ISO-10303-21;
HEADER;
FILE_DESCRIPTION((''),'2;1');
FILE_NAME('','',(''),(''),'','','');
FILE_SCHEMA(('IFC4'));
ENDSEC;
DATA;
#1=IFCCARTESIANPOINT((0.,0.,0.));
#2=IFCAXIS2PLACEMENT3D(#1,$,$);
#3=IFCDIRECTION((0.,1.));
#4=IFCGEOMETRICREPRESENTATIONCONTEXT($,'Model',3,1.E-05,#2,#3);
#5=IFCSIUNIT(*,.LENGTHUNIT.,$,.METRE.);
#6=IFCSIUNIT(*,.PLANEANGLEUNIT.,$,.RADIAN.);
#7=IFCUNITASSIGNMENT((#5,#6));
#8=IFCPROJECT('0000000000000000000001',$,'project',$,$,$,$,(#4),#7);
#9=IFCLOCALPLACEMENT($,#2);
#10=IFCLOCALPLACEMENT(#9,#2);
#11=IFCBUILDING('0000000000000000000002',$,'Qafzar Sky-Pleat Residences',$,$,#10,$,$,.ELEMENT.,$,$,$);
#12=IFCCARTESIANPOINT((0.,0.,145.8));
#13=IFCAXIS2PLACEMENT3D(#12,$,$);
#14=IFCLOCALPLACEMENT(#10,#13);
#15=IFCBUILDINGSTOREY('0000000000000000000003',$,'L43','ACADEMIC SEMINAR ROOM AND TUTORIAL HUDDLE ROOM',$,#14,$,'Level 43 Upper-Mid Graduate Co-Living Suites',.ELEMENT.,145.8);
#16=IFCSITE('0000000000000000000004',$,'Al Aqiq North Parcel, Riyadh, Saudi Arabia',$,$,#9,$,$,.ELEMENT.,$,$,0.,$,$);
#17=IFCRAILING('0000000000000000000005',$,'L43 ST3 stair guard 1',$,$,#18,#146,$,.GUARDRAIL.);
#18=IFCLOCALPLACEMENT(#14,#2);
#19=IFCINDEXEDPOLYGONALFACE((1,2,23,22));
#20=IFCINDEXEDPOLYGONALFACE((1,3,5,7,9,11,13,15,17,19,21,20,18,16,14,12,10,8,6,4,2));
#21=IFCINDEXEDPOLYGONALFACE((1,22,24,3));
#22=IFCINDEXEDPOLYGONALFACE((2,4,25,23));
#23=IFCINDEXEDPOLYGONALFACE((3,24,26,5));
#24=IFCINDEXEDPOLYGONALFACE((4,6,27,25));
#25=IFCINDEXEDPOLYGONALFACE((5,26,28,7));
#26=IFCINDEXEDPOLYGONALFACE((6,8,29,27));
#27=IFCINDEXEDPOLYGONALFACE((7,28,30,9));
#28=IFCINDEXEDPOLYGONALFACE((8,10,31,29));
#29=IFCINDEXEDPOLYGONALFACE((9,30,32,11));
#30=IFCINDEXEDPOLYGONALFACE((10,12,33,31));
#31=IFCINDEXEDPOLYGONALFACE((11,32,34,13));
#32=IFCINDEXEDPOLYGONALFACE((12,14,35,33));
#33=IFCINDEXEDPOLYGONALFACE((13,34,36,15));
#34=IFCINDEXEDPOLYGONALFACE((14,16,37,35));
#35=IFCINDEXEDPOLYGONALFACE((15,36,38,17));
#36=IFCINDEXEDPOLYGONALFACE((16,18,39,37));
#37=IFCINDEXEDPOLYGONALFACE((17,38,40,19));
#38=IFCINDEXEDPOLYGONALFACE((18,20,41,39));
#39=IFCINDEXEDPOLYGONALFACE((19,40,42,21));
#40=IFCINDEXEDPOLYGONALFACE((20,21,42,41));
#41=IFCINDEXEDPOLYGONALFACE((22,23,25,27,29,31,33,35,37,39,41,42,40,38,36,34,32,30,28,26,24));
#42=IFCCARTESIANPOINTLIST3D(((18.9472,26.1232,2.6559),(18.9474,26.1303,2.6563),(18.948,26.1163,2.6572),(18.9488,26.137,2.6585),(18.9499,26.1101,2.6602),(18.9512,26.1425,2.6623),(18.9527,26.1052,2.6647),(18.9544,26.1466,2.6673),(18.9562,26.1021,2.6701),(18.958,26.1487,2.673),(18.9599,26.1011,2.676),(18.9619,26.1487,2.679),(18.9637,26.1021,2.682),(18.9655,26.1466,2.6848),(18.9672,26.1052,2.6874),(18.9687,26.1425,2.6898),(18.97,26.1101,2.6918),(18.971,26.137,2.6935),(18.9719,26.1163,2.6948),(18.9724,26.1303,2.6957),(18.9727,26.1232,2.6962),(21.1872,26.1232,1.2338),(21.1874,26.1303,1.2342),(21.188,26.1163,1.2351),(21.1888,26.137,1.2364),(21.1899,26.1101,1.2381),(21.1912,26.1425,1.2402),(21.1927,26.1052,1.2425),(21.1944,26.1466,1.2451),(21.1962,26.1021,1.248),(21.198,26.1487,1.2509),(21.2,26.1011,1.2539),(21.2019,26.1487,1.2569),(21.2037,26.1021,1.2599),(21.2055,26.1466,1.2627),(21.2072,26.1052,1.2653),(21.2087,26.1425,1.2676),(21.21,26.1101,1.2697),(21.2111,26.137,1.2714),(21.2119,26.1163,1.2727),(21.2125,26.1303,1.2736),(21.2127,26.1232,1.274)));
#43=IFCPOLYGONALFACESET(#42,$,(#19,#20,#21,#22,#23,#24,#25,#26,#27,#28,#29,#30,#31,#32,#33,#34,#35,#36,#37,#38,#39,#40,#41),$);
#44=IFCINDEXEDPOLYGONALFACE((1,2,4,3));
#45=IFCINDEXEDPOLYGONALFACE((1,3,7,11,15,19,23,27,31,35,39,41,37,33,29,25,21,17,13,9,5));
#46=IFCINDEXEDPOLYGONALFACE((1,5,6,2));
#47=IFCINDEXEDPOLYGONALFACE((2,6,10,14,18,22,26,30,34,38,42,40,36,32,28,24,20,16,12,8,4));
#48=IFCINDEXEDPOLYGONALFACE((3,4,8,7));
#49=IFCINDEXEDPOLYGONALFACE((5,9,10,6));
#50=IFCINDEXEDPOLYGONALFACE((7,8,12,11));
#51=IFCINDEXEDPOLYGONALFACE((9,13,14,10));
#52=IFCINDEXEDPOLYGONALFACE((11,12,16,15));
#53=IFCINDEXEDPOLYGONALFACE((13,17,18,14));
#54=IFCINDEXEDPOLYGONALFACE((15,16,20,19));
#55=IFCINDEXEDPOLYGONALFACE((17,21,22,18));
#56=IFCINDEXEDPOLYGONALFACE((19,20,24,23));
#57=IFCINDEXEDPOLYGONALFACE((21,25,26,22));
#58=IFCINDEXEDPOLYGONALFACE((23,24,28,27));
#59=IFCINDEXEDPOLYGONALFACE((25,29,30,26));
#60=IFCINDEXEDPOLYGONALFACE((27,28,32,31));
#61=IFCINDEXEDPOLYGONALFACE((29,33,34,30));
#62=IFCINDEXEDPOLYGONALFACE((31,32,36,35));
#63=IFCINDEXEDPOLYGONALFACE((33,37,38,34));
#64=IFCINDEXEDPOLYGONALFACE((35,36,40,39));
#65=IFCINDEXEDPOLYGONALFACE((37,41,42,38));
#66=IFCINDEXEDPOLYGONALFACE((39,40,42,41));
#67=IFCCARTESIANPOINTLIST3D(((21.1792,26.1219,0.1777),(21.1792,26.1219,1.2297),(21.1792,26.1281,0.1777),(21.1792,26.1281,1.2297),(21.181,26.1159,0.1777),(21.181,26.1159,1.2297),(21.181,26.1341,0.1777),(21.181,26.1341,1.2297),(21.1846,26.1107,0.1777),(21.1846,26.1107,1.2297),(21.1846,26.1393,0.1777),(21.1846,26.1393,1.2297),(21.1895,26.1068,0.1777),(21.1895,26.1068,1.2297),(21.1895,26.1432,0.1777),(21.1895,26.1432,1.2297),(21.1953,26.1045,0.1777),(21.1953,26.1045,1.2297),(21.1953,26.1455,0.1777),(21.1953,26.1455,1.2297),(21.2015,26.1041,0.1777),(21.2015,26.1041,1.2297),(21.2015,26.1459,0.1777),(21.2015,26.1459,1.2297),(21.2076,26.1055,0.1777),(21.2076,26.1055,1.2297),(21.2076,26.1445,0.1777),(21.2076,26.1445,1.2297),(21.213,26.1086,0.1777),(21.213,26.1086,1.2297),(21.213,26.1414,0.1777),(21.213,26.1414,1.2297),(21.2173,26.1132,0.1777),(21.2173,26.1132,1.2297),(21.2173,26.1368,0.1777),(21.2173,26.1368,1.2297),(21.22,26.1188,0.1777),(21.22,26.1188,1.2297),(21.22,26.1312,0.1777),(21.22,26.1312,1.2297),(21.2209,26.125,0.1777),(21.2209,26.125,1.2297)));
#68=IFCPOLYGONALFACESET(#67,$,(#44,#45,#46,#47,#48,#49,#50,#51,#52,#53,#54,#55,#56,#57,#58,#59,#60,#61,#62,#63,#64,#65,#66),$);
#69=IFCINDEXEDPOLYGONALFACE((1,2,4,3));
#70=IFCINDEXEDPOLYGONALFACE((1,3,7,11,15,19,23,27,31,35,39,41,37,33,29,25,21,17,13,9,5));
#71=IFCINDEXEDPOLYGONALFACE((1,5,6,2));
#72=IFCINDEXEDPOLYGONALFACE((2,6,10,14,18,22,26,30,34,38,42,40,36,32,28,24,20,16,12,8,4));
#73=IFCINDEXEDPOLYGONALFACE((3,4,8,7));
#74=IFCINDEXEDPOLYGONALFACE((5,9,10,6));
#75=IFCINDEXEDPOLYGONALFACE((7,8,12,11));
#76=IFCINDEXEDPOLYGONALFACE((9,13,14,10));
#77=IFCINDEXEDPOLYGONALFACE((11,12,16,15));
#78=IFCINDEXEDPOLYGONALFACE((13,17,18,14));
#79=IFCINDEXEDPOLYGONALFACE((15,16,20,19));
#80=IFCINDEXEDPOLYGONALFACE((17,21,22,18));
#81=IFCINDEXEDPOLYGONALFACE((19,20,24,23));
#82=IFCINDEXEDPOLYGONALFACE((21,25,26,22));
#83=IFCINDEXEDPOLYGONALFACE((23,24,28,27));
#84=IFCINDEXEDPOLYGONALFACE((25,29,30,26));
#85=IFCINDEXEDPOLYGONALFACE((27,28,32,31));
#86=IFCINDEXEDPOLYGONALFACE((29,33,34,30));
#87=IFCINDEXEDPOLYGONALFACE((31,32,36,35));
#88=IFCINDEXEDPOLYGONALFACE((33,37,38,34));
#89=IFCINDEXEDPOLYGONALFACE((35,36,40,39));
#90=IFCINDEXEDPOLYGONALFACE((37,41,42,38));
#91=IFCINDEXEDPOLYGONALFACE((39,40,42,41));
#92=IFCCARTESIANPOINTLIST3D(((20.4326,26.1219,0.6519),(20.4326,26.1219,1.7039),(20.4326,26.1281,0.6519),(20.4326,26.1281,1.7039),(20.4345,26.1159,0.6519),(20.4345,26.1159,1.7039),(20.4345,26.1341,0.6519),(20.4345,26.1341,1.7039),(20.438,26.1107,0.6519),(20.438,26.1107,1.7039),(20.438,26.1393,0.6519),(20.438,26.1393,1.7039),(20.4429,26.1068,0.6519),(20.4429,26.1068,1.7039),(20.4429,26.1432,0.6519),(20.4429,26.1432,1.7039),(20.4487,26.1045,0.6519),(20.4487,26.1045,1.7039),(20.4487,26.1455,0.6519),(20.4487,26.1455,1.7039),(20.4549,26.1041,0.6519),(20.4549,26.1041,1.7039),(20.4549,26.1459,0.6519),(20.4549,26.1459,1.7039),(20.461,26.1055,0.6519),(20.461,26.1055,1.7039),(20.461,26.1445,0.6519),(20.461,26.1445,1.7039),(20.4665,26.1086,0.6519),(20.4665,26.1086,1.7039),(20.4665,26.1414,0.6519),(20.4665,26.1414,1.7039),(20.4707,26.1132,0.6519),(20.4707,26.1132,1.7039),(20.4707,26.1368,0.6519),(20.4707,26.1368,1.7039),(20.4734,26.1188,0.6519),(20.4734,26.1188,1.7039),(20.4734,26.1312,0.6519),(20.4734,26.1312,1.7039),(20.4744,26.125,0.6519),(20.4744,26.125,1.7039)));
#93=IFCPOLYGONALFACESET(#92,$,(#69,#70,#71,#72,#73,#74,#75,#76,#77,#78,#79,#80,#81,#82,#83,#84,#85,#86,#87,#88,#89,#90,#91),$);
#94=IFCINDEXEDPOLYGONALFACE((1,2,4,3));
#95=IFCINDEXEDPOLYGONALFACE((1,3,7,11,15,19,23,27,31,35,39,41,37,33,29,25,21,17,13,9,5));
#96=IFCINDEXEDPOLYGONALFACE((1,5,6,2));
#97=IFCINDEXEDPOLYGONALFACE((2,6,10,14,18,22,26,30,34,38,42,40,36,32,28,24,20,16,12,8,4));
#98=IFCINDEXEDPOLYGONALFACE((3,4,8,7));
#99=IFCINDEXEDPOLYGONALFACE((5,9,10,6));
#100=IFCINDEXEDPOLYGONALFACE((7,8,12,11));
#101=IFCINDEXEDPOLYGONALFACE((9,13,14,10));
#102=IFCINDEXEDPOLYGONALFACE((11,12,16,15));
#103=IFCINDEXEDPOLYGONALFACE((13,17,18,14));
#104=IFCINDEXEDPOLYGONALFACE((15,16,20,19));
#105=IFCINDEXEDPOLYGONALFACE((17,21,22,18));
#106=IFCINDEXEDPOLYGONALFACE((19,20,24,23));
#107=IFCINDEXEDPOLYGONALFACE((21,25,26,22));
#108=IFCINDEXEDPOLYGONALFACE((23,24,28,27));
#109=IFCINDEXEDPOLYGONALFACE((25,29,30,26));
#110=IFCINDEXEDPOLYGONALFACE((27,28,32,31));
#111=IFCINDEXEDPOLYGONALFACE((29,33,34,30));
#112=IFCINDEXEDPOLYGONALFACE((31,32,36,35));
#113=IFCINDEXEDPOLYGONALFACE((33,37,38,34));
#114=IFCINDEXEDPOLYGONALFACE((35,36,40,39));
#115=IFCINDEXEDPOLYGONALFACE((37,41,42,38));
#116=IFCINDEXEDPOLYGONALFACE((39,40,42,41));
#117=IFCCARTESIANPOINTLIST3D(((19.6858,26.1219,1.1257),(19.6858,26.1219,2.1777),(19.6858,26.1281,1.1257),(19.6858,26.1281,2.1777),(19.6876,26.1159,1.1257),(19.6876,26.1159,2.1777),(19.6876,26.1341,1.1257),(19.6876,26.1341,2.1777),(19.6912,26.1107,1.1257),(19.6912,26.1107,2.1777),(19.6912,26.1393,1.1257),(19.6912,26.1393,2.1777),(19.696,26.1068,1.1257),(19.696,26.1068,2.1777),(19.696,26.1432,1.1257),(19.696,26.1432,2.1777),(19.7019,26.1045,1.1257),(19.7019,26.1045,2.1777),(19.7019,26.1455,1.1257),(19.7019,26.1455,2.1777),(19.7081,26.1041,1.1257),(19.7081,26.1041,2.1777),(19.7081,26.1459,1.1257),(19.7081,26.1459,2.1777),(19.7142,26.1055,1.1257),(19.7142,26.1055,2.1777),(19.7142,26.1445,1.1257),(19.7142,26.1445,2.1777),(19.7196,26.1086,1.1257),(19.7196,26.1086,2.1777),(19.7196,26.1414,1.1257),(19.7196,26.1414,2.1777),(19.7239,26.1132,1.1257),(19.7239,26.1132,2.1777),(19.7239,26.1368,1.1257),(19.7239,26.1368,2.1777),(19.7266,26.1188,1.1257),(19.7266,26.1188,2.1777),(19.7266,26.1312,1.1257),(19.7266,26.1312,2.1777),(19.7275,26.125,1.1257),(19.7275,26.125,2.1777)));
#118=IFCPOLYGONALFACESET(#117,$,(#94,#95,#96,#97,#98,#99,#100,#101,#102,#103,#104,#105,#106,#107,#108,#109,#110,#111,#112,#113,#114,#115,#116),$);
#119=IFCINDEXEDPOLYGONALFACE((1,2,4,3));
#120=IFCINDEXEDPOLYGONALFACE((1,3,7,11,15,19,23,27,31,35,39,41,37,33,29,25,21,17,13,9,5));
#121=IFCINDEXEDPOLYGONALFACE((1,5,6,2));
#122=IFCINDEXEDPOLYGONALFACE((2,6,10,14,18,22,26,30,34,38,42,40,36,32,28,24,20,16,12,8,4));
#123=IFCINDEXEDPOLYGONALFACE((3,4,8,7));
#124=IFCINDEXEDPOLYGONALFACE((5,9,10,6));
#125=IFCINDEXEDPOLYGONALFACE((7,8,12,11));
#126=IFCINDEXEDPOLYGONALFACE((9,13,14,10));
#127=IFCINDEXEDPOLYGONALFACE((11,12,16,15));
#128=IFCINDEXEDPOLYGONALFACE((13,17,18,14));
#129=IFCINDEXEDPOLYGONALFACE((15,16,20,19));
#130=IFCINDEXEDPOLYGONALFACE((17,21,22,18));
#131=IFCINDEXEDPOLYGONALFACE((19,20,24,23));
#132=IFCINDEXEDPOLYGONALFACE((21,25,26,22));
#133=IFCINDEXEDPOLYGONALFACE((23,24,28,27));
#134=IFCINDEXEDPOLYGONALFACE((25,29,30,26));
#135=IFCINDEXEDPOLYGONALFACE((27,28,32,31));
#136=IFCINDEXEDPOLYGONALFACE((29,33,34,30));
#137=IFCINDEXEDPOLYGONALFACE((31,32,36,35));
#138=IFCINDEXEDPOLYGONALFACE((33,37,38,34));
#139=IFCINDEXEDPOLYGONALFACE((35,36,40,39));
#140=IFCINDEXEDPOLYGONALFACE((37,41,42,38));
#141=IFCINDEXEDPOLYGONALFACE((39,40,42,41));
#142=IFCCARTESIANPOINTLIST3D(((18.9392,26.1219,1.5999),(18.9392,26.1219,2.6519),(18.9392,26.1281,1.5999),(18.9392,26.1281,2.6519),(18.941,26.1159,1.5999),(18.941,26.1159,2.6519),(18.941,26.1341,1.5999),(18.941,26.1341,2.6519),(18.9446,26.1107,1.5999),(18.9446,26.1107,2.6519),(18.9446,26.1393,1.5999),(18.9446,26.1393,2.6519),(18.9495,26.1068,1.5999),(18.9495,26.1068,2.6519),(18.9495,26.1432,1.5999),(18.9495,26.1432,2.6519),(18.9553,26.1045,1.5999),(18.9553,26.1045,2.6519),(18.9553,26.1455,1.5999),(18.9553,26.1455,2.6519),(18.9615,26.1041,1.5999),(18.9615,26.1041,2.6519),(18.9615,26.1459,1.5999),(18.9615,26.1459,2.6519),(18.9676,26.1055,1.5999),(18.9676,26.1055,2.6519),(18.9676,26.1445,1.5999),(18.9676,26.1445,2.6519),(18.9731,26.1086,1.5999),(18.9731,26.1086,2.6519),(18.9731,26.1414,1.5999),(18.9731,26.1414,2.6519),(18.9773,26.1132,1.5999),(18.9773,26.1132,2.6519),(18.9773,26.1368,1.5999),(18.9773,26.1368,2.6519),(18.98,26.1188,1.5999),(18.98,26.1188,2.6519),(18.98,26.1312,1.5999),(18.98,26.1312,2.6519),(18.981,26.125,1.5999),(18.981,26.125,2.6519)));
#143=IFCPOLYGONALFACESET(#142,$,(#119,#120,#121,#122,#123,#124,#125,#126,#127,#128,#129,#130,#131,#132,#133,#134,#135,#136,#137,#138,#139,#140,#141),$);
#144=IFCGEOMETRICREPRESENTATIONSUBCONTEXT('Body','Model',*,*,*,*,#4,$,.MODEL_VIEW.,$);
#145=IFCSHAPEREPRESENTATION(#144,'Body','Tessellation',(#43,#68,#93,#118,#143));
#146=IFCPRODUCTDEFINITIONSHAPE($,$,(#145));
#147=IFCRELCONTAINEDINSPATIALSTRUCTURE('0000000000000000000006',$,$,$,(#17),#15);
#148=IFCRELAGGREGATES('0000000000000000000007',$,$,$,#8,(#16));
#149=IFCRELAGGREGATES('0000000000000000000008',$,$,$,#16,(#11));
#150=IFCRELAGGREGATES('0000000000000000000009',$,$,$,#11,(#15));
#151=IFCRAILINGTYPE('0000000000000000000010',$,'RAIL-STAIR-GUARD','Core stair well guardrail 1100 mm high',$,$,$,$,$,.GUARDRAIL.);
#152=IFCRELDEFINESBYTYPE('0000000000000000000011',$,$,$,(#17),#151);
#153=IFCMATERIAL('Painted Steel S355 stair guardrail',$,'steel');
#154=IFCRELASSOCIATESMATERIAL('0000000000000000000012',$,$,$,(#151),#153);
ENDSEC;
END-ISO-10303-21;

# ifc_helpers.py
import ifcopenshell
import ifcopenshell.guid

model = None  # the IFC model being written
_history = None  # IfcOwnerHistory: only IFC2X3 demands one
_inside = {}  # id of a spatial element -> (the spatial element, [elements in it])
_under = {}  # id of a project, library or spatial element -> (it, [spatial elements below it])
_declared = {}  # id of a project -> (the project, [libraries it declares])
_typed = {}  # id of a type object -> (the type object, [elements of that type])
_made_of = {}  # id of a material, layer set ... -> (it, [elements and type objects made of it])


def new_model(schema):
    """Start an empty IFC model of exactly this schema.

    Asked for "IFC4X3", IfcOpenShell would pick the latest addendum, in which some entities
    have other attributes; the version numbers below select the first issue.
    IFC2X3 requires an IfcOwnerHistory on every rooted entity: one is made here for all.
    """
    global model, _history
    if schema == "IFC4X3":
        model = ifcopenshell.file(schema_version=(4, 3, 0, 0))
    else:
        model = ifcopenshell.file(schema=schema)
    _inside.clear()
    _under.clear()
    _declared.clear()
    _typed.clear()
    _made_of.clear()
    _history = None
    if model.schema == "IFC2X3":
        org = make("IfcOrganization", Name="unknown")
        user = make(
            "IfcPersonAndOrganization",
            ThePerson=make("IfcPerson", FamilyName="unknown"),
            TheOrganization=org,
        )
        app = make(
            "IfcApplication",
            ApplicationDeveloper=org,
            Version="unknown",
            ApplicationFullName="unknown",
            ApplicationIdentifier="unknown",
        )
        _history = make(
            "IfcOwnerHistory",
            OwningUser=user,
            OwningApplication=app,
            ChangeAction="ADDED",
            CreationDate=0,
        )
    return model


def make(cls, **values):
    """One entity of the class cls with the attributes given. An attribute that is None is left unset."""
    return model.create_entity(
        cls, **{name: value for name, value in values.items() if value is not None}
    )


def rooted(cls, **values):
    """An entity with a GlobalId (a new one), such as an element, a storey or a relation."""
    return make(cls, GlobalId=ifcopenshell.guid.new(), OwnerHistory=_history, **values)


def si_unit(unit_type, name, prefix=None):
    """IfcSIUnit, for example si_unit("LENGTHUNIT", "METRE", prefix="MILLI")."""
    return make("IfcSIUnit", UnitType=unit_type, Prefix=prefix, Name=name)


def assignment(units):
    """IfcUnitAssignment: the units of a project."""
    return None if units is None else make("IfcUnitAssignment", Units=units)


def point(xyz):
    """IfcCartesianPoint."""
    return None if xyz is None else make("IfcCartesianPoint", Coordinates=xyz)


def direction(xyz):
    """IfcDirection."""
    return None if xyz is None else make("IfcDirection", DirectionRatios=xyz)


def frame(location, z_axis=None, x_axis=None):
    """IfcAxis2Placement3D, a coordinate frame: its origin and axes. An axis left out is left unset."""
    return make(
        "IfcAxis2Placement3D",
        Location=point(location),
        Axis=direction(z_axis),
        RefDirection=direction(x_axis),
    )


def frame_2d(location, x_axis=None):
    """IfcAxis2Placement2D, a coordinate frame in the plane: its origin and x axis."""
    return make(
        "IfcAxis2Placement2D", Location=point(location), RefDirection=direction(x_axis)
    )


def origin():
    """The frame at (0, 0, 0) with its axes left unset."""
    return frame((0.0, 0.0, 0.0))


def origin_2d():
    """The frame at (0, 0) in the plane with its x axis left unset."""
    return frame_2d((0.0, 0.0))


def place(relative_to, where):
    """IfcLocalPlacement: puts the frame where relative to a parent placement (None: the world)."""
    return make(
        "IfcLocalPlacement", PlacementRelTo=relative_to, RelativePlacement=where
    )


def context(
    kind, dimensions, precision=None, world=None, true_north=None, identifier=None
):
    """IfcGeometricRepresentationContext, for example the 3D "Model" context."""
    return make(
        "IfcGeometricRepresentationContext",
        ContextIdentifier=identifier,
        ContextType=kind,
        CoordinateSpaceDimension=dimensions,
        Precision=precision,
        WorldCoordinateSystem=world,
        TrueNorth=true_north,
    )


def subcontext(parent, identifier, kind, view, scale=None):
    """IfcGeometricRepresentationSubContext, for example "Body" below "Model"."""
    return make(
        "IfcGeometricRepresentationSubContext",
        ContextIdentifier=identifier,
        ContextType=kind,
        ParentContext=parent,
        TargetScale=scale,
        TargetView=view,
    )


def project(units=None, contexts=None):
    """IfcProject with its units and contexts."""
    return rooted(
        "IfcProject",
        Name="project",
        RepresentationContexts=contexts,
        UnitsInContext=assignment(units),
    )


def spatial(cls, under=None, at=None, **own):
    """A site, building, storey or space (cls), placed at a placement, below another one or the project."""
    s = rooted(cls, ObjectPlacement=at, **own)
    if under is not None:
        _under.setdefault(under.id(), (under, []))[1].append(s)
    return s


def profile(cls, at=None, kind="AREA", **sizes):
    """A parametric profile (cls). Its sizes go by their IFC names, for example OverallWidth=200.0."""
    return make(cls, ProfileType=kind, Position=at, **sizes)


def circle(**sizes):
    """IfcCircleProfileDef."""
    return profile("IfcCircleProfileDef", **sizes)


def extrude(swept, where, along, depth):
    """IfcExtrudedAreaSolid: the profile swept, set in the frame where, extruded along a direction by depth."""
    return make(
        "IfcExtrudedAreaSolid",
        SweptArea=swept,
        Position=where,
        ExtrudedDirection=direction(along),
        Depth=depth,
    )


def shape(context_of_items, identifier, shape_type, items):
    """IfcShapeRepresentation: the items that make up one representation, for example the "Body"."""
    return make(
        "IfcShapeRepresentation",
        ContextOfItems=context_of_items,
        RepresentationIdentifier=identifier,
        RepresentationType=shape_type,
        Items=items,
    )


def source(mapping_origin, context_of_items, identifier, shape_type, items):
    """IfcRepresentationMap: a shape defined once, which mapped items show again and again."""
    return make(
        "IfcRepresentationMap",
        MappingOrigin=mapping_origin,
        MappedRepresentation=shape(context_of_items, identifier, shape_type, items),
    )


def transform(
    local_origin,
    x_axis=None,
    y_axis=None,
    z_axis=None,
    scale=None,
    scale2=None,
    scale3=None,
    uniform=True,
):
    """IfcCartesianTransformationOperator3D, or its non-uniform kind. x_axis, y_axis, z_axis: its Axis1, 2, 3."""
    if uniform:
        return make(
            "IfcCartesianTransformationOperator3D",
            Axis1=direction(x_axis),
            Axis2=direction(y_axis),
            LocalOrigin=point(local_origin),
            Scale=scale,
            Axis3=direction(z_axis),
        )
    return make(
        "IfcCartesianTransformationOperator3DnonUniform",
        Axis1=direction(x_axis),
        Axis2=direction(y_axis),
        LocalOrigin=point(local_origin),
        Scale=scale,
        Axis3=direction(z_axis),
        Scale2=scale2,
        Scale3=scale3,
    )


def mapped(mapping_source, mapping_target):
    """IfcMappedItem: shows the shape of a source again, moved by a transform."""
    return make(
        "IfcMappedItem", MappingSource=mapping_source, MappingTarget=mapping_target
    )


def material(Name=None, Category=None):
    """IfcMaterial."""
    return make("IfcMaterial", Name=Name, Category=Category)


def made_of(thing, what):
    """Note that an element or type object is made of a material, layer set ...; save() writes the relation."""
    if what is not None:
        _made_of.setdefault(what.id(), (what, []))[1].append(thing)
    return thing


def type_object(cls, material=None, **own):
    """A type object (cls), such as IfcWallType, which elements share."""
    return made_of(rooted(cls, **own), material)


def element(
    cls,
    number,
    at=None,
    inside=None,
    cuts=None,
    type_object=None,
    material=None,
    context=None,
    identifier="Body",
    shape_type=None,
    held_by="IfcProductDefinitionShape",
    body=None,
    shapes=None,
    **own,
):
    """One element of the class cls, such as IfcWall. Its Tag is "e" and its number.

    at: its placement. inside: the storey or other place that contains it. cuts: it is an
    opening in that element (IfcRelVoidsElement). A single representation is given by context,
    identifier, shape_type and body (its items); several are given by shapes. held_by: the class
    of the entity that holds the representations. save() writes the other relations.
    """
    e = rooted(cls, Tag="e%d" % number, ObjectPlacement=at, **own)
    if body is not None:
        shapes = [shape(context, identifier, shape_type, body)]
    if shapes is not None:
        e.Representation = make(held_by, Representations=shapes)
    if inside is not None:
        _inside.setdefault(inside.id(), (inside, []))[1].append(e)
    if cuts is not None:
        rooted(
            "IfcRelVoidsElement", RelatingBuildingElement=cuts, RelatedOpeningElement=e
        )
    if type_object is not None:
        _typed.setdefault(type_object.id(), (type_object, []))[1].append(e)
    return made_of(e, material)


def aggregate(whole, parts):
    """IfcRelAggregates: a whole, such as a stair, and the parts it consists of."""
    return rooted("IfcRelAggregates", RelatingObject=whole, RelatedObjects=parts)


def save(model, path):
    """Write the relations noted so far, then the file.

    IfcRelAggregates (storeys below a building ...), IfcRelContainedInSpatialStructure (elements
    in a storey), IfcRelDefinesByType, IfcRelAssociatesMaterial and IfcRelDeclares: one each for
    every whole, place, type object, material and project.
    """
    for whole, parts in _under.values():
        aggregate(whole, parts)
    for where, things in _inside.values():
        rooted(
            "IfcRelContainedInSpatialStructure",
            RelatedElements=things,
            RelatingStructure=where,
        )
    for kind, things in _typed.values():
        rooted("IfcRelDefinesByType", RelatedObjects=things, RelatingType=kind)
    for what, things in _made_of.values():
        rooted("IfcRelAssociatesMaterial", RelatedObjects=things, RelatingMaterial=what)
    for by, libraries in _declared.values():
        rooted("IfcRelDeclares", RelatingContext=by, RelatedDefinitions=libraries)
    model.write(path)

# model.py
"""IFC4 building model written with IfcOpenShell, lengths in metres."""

from ifc_helpers import new_model, si_unit, direction, frame, origin, origin_2d, place, context, subcontext, project, spatial, circle, extrude, source, transform, mapped, material, type_object, element, save


model = new_model("IFC4")

# Units and contexts
model_context = context("Model", 3, precision=1e-05, world=origin(), true_north=direction((0.0, 1.0)))
body_context = subcontext(model_context, "Body", "Model", "MODEL_VIEW")
ifc_project = project(units=[si_unit("LENGTHUNIT", "METRE"), si_unit("PLANEANGLEUNIT", "RADIAN")], contexts=[model_context])

# Site, building, storey
site_placement = place(None, origin())
site = spatial("IfcSite", under=ifc_project, at=site_placement, Name="Al Aqiq North Parcel, Riyadh, Saudi Arabia", CompositionType="ELEMENT", RefElevation=0.0)
building_placement = place(site_placement, origin())
building = spatial("IfcBuilding", under=site, at=building_placement, Name="Qafzar Sky-Pleat Residences", CompositionType="ELEMENT")
storey_placement = place(building_placement, frame((0.0, 0.0, 145.8)))
storey = spatial("IfcBuildingStorey", under=building, at=storey_placement, Name="L43", Description="ACADEMIC SEMINAR ROOM AND TUTORIAL HUDDLE ROOM", LongName="Level 43 Upper-Mid Graduate Co-Living Suites", CompositionType="ELEMENT", Elevation=145.8)

# Railing
ifc_material_1 = material(Name="Painted Steel S355 stair guardrail", Category="steel")
railing_type_1 = type_object("IfcRailingType", Name="RAIL-STAIR-GUARD", Description="Core stair well guardrail 1100 mm high", PredefinedType="GUARDRAIL", material=ifc_material_1)
shared_shape_1 = source(origin(), body_context, "Body", "SweptSolid", [
    extrude(circle(Radius=0.0239, at=origin_2d()), frame((0.0, 0.0, 1.0762), z_axis=(-0.844229, 0.0, 0.535982), x_axis=(0.0, -1.0, 0.0)), (0.0, 0.0, 1.0), 2.6533),
    extrude(circle(Radius=0.021, at=origin_2d()), origin(), (0.0, 0.0, 1.0), 1.052),
    extrude(circle(Radius=0.021, at=origin_2d()), frame((-0.7466, 0.0, 0.4741)), (0.0, 0.0, 1.0), 1.052),
    extrude(circle(Radius=0.021, at=origin_2d()), frame((-1.4934, 0.0, 0.948)), (0.0, 0.0, 1.0), 1.052),
    extrude(circle(Radius=0.021, at=origin_2d()), frame((-2.24, 0.0, 1.4221)), (0.0, 0.0, 1.0), 1.052),
])
railing_1_placement = place(storey_placement, frame((21.2, 26.125, 0.1777)))
element("IfcRailing", 1, at=railing_1_placement, inside=storey, type_object=railing_type_1, Name="L43 ST3 stair guard 1", PredefinedType="GUARDRAIL", context=body_context, shape_type="MappedRepresentation", body=[
    mapped(shared_shape_1, transform((0.0, 0.0, 0.0), x_axis=(1.0, 0.0, 0.0), y_axis=(0.0, 1.0, 0.0), z_axis=(0.0, 0.0, 1.0), scale=1.0)),
])

save(model, "model.ifc")
